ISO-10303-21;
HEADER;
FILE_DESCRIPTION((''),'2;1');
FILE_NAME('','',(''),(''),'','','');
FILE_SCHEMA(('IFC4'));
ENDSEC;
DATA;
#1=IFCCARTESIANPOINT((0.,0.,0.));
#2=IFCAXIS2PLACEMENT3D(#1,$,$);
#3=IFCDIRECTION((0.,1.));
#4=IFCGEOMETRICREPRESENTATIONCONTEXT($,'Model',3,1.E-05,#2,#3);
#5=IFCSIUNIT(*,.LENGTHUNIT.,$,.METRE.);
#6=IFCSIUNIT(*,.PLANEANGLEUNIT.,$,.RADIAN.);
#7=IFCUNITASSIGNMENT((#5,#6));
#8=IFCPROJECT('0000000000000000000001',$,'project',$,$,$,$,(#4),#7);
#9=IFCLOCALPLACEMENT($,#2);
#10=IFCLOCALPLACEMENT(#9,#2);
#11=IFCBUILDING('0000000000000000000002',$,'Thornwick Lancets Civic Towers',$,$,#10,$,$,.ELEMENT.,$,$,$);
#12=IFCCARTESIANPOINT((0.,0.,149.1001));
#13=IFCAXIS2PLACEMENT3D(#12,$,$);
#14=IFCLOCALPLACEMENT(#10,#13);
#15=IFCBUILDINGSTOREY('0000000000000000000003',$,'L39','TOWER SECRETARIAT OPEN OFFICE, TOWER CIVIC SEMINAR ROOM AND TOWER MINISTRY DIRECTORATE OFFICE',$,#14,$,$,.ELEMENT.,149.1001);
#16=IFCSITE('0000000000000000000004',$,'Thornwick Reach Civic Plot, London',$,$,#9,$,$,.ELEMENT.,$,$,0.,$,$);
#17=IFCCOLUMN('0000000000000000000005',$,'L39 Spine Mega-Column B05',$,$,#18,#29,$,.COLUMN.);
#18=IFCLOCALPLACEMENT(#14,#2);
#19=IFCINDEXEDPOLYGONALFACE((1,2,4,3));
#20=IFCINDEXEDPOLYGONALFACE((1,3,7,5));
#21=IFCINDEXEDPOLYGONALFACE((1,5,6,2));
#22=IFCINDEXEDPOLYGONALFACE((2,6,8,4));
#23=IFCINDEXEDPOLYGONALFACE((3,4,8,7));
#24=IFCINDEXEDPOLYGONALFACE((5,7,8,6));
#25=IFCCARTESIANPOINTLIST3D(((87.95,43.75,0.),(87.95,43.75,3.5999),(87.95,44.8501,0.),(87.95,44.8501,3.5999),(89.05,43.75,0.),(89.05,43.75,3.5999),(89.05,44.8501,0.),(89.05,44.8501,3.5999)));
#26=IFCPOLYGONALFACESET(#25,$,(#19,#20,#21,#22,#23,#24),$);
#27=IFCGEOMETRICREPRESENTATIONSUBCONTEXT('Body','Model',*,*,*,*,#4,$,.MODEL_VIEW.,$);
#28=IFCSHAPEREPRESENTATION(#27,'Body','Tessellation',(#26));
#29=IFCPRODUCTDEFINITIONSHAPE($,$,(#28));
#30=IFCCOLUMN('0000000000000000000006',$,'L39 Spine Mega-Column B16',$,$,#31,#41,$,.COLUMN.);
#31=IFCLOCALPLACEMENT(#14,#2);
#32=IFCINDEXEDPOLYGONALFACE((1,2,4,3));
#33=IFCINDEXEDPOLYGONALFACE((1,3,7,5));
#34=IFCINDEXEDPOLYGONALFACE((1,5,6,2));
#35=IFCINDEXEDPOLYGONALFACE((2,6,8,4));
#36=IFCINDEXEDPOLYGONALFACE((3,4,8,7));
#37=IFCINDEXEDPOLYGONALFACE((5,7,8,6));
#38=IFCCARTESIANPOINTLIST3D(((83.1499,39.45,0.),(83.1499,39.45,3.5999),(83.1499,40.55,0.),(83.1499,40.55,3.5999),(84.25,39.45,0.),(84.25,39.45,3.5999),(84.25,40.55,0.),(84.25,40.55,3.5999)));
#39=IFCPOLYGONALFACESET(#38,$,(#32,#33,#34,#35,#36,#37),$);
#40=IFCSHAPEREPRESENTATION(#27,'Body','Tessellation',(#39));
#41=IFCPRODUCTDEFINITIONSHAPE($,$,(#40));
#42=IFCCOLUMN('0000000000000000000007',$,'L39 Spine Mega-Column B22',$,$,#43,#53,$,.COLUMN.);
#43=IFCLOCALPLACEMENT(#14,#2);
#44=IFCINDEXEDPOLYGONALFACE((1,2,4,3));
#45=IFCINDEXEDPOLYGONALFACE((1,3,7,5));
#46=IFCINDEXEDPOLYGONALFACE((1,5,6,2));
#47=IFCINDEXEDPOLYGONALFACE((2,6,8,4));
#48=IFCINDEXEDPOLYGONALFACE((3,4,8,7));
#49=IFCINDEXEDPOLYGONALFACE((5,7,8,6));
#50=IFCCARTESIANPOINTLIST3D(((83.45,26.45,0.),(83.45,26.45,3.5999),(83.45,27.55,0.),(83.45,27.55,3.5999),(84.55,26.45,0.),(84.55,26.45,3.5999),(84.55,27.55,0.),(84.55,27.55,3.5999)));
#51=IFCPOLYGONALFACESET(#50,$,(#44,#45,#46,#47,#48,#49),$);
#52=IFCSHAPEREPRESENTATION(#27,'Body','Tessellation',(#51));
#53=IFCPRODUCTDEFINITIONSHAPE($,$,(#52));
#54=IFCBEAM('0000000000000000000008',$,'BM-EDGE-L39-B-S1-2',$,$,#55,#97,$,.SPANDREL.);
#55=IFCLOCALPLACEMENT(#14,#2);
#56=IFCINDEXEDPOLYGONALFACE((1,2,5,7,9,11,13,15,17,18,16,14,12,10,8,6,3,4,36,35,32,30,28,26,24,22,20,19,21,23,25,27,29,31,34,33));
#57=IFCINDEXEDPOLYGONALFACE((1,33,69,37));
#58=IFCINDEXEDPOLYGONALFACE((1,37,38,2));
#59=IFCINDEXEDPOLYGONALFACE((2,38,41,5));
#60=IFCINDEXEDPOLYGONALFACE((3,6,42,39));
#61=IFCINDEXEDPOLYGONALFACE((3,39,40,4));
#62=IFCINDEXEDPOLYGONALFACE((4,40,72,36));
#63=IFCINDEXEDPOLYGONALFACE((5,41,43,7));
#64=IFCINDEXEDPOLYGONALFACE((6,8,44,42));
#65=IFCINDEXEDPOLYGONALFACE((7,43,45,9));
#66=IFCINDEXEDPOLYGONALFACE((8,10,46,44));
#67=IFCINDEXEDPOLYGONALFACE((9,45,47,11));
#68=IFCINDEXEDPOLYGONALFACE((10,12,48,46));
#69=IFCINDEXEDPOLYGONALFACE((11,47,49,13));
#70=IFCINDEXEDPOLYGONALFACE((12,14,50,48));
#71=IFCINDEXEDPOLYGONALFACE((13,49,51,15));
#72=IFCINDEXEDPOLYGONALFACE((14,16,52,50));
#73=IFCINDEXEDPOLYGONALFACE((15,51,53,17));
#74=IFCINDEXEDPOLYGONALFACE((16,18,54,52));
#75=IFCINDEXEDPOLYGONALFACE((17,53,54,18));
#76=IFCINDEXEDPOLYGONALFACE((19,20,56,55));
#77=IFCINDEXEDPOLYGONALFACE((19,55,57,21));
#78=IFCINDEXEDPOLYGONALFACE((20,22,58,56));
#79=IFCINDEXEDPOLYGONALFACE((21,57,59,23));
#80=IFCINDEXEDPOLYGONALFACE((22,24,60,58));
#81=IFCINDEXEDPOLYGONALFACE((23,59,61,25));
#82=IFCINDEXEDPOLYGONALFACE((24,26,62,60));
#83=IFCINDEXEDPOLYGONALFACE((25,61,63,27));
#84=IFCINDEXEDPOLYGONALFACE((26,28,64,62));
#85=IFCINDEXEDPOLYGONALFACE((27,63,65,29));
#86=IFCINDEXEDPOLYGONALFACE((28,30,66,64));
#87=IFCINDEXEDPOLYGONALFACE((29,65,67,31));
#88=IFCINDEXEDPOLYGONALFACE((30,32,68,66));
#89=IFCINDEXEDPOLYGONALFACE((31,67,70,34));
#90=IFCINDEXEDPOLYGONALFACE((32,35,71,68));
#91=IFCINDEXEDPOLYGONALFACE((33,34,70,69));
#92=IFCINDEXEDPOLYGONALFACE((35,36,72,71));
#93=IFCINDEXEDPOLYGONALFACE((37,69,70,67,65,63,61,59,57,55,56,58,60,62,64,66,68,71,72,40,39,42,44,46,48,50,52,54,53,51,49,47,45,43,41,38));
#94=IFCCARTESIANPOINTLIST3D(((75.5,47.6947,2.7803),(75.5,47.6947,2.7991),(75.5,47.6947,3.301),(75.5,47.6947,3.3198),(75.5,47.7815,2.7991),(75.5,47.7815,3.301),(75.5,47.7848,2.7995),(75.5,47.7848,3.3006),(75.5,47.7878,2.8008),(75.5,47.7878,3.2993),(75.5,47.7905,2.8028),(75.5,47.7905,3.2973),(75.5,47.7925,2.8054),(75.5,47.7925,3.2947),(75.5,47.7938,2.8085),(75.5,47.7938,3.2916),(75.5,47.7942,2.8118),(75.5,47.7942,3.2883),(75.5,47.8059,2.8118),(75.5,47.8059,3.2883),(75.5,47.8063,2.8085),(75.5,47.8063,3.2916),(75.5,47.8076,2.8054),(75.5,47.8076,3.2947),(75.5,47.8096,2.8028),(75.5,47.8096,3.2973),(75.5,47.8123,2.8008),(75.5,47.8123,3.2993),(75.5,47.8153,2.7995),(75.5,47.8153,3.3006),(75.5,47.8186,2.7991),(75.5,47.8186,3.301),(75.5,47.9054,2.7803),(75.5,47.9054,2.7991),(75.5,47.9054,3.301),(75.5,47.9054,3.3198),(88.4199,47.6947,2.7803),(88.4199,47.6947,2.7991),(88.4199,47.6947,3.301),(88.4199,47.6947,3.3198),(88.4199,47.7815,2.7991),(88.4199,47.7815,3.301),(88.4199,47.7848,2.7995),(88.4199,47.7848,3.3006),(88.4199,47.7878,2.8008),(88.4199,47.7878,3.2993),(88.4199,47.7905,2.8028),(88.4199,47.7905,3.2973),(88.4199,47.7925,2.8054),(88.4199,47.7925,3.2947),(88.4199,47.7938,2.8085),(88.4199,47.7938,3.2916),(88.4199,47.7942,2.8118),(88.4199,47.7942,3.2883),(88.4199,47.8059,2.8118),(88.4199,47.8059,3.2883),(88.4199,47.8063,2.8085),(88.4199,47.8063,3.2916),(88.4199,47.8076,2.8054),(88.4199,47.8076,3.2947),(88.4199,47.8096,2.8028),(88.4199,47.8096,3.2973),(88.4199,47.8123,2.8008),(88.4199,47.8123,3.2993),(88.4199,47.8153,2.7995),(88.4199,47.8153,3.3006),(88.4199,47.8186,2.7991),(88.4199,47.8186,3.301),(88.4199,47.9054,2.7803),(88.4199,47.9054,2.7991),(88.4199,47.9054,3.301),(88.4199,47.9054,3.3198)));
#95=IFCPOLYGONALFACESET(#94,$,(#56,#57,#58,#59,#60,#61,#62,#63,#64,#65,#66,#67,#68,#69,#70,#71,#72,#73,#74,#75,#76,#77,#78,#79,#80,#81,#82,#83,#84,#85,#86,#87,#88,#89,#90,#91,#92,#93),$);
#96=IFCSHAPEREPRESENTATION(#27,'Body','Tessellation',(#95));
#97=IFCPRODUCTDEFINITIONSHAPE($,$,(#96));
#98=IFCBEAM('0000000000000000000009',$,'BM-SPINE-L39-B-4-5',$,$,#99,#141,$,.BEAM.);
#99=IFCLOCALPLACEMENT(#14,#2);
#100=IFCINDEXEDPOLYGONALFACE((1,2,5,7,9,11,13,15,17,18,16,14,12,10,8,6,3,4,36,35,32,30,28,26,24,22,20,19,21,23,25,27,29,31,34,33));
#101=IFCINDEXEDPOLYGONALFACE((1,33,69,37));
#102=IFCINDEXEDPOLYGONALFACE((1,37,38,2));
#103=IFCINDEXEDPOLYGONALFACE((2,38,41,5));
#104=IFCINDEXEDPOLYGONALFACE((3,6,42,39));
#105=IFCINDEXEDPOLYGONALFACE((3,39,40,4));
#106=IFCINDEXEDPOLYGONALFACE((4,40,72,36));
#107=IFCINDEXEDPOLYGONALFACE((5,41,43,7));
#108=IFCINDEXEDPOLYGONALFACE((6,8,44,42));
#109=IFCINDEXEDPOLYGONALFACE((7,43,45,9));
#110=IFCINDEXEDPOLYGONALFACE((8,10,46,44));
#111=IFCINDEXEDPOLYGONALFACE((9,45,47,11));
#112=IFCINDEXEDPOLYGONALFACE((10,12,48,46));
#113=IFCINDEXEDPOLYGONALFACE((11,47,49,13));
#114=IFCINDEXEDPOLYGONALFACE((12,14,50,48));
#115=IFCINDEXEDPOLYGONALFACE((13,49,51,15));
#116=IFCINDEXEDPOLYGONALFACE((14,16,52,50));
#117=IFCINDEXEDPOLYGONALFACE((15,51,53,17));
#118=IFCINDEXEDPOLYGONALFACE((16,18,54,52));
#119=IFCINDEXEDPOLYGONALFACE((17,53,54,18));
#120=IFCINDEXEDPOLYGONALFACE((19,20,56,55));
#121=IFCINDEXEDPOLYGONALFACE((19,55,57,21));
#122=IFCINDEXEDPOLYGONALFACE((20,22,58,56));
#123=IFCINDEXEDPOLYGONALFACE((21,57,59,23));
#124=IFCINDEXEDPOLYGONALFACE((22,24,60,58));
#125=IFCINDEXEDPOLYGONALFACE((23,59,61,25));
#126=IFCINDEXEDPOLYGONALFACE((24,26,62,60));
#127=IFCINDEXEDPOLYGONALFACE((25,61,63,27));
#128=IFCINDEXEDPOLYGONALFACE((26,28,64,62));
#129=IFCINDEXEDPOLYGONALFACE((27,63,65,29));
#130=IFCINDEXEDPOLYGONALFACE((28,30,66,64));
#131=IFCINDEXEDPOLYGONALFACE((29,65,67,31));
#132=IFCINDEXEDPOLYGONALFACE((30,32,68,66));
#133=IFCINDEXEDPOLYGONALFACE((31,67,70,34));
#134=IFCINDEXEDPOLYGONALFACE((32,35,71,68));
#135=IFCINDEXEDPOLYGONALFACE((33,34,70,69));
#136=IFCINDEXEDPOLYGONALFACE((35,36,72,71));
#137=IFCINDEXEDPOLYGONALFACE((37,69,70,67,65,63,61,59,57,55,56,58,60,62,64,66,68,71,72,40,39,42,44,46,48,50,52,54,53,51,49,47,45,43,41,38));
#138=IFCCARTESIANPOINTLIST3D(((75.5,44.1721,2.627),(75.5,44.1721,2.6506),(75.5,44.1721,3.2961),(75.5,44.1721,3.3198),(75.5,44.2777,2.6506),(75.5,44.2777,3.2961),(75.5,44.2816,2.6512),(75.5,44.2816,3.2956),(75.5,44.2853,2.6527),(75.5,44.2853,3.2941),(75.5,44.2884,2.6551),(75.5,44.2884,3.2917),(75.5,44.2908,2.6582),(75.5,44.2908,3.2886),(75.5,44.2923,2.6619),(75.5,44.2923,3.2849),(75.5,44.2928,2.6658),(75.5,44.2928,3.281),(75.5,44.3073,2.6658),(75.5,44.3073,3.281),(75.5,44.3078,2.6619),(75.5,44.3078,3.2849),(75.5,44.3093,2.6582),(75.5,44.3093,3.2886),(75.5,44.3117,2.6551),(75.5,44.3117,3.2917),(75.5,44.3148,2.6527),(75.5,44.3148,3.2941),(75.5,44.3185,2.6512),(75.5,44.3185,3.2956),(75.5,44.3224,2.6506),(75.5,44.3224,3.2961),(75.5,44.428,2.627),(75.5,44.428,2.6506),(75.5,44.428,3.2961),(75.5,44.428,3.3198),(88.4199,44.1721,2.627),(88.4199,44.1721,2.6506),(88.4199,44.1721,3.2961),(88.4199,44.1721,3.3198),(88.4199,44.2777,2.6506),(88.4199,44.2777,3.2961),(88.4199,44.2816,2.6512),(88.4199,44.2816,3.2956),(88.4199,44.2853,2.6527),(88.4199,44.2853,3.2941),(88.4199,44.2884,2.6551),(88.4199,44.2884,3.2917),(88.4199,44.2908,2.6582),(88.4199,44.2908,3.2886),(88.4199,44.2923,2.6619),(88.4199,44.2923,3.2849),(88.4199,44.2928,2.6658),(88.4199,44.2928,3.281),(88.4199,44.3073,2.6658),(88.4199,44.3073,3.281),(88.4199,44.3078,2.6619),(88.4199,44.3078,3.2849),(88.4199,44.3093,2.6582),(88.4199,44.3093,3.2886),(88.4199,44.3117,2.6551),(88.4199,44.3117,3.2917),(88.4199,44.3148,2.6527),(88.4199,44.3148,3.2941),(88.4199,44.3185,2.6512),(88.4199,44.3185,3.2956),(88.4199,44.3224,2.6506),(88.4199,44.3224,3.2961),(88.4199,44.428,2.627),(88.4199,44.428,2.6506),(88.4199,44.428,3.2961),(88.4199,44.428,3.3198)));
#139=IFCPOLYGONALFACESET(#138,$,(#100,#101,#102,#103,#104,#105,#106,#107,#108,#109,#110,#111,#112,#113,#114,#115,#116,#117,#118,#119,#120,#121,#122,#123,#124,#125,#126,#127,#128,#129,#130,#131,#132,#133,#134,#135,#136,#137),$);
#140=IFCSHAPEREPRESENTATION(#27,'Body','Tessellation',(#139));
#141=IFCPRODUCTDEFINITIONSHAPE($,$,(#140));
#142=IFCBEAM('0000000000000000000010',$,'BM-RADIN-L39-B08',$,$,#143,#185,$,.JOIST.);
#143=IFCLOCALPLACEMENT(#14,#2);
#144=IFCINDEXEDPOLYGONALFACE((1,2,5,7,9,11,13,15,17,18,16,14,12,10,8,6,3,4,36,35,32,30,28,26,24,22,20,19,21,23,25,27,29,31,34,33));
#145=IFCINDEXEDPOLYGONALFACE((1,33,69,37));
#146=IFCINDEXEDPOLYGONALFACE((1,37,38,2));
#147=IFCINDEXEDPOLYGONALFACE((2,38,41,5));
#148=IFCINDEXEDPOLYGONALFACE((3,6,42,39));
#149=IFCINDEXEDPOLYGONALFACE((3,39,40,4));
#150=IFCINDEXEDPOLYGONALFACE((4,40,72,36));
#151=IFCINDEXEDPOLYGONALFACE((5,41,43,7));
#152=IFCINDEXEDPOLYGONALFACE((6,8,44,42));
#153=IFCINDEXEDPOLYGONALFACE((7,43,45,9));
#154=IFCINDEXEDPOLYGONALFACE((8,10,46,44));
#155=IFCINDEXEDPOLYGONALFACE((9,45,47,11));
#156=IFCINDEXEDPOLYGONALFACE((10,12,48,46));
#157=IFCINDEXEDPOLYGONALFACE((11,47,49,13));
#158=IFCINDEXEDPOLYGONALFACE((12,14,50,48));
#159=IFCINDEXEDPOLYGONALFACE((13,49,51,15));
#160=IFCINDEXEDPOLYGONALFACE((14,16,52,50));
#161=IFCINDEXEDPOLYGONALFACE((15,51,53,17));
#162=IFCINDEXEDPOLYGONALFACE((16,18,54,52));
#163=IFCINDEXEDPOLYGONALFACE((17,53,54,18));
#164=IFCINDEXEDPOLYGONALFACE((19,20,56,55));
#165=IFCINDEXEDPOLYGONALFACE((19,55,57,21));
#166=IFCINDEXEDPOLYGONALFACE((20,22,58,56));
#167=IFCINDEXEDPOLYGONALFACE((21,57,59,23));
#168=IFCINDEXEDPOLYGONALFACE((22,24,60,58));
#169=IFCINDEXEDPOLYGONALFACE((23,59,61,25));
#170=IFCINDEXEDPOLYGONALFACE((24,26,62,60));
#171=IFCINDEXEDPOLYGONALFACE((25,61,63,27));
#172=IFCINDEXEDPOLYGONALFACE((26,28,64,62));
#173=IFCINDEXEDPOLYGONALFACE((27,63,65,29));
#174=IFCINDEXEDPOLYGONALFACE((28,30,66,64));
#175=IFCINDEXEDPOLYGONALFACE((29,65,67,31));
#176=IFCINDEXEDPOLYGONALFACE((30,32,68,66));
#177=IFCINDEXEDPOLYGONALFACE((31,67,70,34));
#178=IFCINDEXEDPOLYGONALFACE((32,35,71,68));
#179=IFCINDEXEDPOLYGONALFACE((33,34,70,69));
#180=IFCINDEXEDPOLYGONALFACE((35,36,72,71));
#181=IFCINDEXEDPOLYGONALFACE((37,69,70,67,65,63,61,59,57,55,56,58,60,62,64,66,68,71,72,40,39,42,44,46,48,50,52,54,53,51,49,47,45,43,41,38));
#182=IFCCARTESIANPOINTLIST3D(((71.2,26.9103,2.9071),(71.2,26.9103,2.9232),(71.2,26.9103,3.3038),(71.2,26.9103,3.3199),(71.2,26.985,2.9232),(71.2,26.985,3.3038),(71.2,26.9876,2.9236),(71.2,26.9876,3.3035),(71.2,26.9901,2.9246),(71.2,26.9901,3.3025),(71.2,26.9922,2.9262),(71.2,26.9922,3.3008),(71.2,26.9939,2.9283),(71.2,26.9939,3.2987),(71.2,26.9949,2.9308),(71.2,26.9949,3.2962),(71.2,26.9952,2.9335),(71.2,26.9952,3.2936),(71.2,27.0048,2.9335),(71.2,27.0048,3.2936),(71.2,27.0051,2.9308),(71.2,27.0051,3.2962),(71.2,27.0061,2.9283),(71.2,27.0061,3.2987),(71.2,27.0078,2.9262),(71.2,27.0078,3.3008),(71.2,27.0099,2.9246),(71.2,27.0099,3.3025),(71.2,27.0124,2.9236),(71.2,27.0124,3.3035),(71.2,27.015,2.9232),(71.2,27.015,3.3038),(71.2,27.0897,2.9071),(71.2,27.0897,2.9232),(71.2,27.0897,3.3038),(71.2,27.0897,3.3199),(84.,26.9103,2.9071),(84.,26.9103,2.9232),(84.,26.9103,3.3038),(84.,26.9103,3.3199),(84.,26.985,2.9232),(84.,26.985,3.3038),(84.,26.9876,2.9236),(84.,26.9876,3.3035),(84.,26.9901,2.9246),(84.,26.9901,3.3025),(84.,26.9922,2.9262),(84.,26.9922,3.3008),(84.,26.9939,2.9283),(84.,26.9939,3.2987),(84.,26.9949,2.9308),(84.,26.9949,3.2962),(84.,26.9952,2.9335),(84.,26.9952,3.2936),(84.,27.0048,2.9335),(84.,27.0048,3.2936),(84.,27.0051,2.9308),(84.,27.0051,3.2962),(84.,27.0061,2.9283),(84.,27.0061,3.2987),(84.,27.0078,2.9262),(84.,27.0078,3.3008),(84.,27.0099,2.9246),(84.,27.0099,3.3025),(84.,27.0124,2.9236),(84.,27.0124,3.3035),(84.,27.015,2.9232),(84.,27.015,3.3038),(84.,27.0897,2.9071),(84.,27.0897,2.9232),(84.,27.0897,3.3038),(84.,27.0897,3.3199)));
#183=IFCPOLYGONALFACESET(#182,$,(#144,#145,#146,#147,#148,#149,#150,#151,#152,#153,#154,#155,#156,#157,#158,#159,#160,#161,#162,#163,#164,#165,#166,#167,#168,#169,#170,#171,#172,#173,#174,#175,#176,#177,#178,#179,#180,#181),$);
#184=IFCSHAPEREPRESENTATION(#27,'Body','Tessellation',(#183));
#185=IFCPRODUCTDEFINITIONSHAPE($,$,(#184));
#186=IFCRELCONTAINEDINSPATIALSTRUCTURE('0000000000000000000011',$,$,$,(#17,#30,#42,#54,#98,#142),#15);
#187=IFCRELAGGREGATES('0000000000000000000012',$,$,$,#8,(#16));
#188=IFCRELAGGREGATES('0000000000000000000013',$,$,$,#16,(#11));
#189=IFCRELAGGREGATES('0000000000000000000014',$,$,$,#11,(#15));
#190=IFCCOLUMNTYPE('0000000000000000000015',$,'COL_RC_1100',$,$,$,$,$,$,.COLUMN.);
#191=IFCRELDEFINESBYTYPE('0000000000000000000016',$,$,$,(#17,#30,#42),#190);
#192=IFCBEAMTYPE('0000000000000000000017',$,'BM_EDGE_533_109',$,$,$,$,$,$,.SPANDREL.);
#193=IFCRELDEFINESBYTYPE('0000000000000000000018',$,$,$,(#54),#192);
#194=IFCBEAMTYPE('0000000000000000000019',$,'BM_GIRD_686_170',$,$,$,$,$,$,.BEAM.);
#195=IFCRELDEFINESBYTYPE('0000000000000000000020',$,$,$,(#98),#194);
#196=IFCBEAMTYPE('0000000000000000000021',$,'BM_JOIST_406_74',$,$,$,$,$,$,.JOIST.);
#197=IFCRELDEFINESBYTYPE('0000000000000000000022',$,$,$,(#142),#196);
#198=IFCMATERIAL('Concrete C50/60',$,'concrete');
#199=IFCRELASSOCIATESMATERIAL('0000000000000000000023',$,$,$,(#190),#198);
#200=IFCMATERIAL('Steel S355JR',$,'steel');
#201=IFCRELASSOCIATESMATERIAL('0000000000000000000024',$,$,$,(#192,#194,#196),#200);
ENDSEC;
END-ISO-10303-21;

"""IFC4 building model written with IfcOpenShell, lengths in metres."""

from ifc_helpers import new_model, si_unit, direction, frame, origin, origin_2d, place, context, subcontext, project, spatial, rectangle, i_section, extrude, material, material_profile, profile_set, type_object, element, save


model = new_model("IFC4")

# Units and contexts
model_context = context("Model", 3, precision=1e-05, world=origin(), true_north=direction((0.0, 1.0)))
body_context = subcontext(model_context, "Body", "Model", "MODEL_VIEW")
ifc_project = project(units=[si_unit("LENGTHUNIT", "METRE"), si_unit("PLANEANGLEUNIT", "RADIAN")], contexts=[model_context])

# Site, building, storey
site_placement = place(None, origin())
site = spatial("IfcSite", under=ifc_project, at=site_placement, Name="Thornwick Reach Civic Plot, London", CompositionType="ELEMENT", RefElevation=0.0)
building_placement = place(site_placement, origin())
building = spatial("IfcBuilding", under=site, at=building_placement, Name="Thornwick Lancets Civic Towers", CompositionType="ELEMENT")
storey_placement = place(building_placement, frame((0.0, 0.0, 149.1001)))
storey = spatial("IfcBuildingStorey", under=building, at=storey_placement, Name="L39", Description="TOWER SECRETARIAT OPEN OFFICE, TOWER CIVIC SEMINAR ROOM AND TOWER MINISTRY DIRECTORATE OFFICE", CompositionType="ELEMENT", Elevation=149.1001)

# Columns
ifc_material_1 = material(Name="Concrete C50/60", Category="concrete")
ifc_material_profile_1 = material_profile(ifc_material_1, rectangle(XDim=1.1001, YDim=1.1001, at=origin_2d()), Name="RC 1100x1100")
ifc_profile_set_1 = profile_set([ifc_material_profile_1], Name="Concrete C50/60")
column_type = type_object("IfcColumnType", Name="COL_RC_1100", PredefinedType="COLUMN", material=ifc_profile_set_1)
for number, where, z_axis, x_axis, name in (
    (1, (88.5, 44.3, 0.0), (0.0, 0.0, 1.0), (1.0, 0.0, 0.0), "L39 Spine Mega-Column B05"),
    (2, (83.7, 40.0, 0.0), (0.0, 0.0, 1.0), (1.0, 0.0, 0.0), "L39 Spine Mega-Column B16"),
    (3, (84.0, 27.0, 0.0), (0.0, 0.0, 1.0), (1.0, 0.0, 0.0), "L39 Spine Mega-Column B22"),
):
    element("IfcColumn", number, at=place(storey_placement, frame(where, z_axis=z_axis, x_axis=x_axis)), inside=storey, type_object=column_type, Name=name, PredefinedType="COLUMN", context=body_context, shape_type="SweptSolid", body=[
        extrude(rectangle(XDim=1.1001, YDim=1.1001, at=origin_2d()), origin(), (0.0, 0.0, 1.0), 3.5999),
    ])

# Beams
ifc_material_2 = material(Name="Steel S355JR", Category="steel")
ifc_material_profile_2 = material_profile(ifc_material_2, i_section(OverallWidth=0.2107, OverallDepth=0.5396, WebThickness=0.0117, FlangeThickness=0.0188, FilletRadius=0.0127, at=origin_2d()), Name="UKB 533x210x109")
ifc_profile_set_2 = profile_set([ifc_material_profile_2], Name="Steel S355JR")
beam_type_1 = type_object("IfcBeamType", Name="BM_EDGE_533_109", PredefinedType="SPANDREL", material=ifc_profile_set_2)
beam_1_placement = place(storey_placement, frame((88.4199, 47.8, 3.05), z_axis=(-1.0, 0.0, 0.0), x_axis=(0.0, -1.0, 0.0)))
element("IfcBeam", 4, at=beam_1_placement, inside=storey, type_object=beam_type_1, Name="BM-EDGE-L39-B-S1-2", PredefinedType="SPANDREL", context=body_context, shape_type="SweptSolid", body=[
    extrude(i_section(OverallWidth=0.2107, OverallDepth=0.5396, WebThickness=0.0117, FlangeThickness=0.0188, FilletRadius=0.0127, at=origin_2d()), origin(), (0.0, 0.0, 1.0), 12.9199),
])
ifc_material_profile_3 = material_profile(ifc_material_2, i_section(OverallWidth=0.2559, OverallDepth=0.6929, WebThickness=0.0144, FlangeThickness=0.0237, FilletRadius=0.0151, at=origin_2d()), Name="UKB 686x254x170")
ifc_profile_set_3 = profile_set([ifc_material_profile_3], Name="Steel S355JR")
beam_type_2 = type_object("IfcBeamType", Name="BM_GIRD_686_170", PredefinedType="BEAM", material=ifc_profile_set_3)
beam_2_placement = place(storey_placement, frame((88.4199, 44.3, 2.9734), z_axis=(-1.0, 0.0, 0.0), x_axis=(0.0, -1.0, 0.0)))
element("IfcBeam", 5, at=beam_2_placement, inside=storey, type_object=beam_type_2, Name="BM-SPINE-L39-B-4-5", PredefinedType="BEAM", context=body_context, shape_type="SweptSolid", body=[
    extrude(i_section(OverallWidth=0.2559, OverallDepth=0.6929, WebThickness=0.0144, FlangeThickness=0.0237, FilletRadius=0.0151, at=origin_2d()), origin(), (0.0, 0.0, 1.0), 12.9199),
])
ifc_material_profile_4 = material_profile(ifc_material_2, i_section(OverallWidth=0.1794, OverallDepth=0.4128, WebThickness=0.0095, FlangeThickness=0.0161, FilletRadius=0.0103, at=origin_2d()), Name="UKB 406x178x74")
ifc_profile_set_4 = profile_set([ifc_material_profile_4], Name="Steel S355JR")
beam_type_3 = type_object("IfcBeamType", Name="BM_JOIST_406_74", PredefinedType="JOIST", material=ifc_profile_set_4)
beam_3_placement = place(storey_placement, frame((84.0, 27.0, 3.1135), z_axis=(-1.0, 0.0, 0.0), x_axis=(0.0, -1.0, 0.0)))
element("IfcBeam", 6, at=beam_3_placement, inside=storey, type_object=beam_type_3, Name="BM-RADIN-L39-B08", PredefinedType="JOIST", context=body_context, shape_type="SweptSolid", body=[
    extrude(i_section(OverallWidth=0.1794, OverallDepth=0.4128, WebThickness=0.0095, FlangeThickness=0.0161, FilletRadius=0.0103, at=origin_2d()), origin(), (0.0, 0.0, 1.0), 12.8),
])

save(model, "model.ifc")
